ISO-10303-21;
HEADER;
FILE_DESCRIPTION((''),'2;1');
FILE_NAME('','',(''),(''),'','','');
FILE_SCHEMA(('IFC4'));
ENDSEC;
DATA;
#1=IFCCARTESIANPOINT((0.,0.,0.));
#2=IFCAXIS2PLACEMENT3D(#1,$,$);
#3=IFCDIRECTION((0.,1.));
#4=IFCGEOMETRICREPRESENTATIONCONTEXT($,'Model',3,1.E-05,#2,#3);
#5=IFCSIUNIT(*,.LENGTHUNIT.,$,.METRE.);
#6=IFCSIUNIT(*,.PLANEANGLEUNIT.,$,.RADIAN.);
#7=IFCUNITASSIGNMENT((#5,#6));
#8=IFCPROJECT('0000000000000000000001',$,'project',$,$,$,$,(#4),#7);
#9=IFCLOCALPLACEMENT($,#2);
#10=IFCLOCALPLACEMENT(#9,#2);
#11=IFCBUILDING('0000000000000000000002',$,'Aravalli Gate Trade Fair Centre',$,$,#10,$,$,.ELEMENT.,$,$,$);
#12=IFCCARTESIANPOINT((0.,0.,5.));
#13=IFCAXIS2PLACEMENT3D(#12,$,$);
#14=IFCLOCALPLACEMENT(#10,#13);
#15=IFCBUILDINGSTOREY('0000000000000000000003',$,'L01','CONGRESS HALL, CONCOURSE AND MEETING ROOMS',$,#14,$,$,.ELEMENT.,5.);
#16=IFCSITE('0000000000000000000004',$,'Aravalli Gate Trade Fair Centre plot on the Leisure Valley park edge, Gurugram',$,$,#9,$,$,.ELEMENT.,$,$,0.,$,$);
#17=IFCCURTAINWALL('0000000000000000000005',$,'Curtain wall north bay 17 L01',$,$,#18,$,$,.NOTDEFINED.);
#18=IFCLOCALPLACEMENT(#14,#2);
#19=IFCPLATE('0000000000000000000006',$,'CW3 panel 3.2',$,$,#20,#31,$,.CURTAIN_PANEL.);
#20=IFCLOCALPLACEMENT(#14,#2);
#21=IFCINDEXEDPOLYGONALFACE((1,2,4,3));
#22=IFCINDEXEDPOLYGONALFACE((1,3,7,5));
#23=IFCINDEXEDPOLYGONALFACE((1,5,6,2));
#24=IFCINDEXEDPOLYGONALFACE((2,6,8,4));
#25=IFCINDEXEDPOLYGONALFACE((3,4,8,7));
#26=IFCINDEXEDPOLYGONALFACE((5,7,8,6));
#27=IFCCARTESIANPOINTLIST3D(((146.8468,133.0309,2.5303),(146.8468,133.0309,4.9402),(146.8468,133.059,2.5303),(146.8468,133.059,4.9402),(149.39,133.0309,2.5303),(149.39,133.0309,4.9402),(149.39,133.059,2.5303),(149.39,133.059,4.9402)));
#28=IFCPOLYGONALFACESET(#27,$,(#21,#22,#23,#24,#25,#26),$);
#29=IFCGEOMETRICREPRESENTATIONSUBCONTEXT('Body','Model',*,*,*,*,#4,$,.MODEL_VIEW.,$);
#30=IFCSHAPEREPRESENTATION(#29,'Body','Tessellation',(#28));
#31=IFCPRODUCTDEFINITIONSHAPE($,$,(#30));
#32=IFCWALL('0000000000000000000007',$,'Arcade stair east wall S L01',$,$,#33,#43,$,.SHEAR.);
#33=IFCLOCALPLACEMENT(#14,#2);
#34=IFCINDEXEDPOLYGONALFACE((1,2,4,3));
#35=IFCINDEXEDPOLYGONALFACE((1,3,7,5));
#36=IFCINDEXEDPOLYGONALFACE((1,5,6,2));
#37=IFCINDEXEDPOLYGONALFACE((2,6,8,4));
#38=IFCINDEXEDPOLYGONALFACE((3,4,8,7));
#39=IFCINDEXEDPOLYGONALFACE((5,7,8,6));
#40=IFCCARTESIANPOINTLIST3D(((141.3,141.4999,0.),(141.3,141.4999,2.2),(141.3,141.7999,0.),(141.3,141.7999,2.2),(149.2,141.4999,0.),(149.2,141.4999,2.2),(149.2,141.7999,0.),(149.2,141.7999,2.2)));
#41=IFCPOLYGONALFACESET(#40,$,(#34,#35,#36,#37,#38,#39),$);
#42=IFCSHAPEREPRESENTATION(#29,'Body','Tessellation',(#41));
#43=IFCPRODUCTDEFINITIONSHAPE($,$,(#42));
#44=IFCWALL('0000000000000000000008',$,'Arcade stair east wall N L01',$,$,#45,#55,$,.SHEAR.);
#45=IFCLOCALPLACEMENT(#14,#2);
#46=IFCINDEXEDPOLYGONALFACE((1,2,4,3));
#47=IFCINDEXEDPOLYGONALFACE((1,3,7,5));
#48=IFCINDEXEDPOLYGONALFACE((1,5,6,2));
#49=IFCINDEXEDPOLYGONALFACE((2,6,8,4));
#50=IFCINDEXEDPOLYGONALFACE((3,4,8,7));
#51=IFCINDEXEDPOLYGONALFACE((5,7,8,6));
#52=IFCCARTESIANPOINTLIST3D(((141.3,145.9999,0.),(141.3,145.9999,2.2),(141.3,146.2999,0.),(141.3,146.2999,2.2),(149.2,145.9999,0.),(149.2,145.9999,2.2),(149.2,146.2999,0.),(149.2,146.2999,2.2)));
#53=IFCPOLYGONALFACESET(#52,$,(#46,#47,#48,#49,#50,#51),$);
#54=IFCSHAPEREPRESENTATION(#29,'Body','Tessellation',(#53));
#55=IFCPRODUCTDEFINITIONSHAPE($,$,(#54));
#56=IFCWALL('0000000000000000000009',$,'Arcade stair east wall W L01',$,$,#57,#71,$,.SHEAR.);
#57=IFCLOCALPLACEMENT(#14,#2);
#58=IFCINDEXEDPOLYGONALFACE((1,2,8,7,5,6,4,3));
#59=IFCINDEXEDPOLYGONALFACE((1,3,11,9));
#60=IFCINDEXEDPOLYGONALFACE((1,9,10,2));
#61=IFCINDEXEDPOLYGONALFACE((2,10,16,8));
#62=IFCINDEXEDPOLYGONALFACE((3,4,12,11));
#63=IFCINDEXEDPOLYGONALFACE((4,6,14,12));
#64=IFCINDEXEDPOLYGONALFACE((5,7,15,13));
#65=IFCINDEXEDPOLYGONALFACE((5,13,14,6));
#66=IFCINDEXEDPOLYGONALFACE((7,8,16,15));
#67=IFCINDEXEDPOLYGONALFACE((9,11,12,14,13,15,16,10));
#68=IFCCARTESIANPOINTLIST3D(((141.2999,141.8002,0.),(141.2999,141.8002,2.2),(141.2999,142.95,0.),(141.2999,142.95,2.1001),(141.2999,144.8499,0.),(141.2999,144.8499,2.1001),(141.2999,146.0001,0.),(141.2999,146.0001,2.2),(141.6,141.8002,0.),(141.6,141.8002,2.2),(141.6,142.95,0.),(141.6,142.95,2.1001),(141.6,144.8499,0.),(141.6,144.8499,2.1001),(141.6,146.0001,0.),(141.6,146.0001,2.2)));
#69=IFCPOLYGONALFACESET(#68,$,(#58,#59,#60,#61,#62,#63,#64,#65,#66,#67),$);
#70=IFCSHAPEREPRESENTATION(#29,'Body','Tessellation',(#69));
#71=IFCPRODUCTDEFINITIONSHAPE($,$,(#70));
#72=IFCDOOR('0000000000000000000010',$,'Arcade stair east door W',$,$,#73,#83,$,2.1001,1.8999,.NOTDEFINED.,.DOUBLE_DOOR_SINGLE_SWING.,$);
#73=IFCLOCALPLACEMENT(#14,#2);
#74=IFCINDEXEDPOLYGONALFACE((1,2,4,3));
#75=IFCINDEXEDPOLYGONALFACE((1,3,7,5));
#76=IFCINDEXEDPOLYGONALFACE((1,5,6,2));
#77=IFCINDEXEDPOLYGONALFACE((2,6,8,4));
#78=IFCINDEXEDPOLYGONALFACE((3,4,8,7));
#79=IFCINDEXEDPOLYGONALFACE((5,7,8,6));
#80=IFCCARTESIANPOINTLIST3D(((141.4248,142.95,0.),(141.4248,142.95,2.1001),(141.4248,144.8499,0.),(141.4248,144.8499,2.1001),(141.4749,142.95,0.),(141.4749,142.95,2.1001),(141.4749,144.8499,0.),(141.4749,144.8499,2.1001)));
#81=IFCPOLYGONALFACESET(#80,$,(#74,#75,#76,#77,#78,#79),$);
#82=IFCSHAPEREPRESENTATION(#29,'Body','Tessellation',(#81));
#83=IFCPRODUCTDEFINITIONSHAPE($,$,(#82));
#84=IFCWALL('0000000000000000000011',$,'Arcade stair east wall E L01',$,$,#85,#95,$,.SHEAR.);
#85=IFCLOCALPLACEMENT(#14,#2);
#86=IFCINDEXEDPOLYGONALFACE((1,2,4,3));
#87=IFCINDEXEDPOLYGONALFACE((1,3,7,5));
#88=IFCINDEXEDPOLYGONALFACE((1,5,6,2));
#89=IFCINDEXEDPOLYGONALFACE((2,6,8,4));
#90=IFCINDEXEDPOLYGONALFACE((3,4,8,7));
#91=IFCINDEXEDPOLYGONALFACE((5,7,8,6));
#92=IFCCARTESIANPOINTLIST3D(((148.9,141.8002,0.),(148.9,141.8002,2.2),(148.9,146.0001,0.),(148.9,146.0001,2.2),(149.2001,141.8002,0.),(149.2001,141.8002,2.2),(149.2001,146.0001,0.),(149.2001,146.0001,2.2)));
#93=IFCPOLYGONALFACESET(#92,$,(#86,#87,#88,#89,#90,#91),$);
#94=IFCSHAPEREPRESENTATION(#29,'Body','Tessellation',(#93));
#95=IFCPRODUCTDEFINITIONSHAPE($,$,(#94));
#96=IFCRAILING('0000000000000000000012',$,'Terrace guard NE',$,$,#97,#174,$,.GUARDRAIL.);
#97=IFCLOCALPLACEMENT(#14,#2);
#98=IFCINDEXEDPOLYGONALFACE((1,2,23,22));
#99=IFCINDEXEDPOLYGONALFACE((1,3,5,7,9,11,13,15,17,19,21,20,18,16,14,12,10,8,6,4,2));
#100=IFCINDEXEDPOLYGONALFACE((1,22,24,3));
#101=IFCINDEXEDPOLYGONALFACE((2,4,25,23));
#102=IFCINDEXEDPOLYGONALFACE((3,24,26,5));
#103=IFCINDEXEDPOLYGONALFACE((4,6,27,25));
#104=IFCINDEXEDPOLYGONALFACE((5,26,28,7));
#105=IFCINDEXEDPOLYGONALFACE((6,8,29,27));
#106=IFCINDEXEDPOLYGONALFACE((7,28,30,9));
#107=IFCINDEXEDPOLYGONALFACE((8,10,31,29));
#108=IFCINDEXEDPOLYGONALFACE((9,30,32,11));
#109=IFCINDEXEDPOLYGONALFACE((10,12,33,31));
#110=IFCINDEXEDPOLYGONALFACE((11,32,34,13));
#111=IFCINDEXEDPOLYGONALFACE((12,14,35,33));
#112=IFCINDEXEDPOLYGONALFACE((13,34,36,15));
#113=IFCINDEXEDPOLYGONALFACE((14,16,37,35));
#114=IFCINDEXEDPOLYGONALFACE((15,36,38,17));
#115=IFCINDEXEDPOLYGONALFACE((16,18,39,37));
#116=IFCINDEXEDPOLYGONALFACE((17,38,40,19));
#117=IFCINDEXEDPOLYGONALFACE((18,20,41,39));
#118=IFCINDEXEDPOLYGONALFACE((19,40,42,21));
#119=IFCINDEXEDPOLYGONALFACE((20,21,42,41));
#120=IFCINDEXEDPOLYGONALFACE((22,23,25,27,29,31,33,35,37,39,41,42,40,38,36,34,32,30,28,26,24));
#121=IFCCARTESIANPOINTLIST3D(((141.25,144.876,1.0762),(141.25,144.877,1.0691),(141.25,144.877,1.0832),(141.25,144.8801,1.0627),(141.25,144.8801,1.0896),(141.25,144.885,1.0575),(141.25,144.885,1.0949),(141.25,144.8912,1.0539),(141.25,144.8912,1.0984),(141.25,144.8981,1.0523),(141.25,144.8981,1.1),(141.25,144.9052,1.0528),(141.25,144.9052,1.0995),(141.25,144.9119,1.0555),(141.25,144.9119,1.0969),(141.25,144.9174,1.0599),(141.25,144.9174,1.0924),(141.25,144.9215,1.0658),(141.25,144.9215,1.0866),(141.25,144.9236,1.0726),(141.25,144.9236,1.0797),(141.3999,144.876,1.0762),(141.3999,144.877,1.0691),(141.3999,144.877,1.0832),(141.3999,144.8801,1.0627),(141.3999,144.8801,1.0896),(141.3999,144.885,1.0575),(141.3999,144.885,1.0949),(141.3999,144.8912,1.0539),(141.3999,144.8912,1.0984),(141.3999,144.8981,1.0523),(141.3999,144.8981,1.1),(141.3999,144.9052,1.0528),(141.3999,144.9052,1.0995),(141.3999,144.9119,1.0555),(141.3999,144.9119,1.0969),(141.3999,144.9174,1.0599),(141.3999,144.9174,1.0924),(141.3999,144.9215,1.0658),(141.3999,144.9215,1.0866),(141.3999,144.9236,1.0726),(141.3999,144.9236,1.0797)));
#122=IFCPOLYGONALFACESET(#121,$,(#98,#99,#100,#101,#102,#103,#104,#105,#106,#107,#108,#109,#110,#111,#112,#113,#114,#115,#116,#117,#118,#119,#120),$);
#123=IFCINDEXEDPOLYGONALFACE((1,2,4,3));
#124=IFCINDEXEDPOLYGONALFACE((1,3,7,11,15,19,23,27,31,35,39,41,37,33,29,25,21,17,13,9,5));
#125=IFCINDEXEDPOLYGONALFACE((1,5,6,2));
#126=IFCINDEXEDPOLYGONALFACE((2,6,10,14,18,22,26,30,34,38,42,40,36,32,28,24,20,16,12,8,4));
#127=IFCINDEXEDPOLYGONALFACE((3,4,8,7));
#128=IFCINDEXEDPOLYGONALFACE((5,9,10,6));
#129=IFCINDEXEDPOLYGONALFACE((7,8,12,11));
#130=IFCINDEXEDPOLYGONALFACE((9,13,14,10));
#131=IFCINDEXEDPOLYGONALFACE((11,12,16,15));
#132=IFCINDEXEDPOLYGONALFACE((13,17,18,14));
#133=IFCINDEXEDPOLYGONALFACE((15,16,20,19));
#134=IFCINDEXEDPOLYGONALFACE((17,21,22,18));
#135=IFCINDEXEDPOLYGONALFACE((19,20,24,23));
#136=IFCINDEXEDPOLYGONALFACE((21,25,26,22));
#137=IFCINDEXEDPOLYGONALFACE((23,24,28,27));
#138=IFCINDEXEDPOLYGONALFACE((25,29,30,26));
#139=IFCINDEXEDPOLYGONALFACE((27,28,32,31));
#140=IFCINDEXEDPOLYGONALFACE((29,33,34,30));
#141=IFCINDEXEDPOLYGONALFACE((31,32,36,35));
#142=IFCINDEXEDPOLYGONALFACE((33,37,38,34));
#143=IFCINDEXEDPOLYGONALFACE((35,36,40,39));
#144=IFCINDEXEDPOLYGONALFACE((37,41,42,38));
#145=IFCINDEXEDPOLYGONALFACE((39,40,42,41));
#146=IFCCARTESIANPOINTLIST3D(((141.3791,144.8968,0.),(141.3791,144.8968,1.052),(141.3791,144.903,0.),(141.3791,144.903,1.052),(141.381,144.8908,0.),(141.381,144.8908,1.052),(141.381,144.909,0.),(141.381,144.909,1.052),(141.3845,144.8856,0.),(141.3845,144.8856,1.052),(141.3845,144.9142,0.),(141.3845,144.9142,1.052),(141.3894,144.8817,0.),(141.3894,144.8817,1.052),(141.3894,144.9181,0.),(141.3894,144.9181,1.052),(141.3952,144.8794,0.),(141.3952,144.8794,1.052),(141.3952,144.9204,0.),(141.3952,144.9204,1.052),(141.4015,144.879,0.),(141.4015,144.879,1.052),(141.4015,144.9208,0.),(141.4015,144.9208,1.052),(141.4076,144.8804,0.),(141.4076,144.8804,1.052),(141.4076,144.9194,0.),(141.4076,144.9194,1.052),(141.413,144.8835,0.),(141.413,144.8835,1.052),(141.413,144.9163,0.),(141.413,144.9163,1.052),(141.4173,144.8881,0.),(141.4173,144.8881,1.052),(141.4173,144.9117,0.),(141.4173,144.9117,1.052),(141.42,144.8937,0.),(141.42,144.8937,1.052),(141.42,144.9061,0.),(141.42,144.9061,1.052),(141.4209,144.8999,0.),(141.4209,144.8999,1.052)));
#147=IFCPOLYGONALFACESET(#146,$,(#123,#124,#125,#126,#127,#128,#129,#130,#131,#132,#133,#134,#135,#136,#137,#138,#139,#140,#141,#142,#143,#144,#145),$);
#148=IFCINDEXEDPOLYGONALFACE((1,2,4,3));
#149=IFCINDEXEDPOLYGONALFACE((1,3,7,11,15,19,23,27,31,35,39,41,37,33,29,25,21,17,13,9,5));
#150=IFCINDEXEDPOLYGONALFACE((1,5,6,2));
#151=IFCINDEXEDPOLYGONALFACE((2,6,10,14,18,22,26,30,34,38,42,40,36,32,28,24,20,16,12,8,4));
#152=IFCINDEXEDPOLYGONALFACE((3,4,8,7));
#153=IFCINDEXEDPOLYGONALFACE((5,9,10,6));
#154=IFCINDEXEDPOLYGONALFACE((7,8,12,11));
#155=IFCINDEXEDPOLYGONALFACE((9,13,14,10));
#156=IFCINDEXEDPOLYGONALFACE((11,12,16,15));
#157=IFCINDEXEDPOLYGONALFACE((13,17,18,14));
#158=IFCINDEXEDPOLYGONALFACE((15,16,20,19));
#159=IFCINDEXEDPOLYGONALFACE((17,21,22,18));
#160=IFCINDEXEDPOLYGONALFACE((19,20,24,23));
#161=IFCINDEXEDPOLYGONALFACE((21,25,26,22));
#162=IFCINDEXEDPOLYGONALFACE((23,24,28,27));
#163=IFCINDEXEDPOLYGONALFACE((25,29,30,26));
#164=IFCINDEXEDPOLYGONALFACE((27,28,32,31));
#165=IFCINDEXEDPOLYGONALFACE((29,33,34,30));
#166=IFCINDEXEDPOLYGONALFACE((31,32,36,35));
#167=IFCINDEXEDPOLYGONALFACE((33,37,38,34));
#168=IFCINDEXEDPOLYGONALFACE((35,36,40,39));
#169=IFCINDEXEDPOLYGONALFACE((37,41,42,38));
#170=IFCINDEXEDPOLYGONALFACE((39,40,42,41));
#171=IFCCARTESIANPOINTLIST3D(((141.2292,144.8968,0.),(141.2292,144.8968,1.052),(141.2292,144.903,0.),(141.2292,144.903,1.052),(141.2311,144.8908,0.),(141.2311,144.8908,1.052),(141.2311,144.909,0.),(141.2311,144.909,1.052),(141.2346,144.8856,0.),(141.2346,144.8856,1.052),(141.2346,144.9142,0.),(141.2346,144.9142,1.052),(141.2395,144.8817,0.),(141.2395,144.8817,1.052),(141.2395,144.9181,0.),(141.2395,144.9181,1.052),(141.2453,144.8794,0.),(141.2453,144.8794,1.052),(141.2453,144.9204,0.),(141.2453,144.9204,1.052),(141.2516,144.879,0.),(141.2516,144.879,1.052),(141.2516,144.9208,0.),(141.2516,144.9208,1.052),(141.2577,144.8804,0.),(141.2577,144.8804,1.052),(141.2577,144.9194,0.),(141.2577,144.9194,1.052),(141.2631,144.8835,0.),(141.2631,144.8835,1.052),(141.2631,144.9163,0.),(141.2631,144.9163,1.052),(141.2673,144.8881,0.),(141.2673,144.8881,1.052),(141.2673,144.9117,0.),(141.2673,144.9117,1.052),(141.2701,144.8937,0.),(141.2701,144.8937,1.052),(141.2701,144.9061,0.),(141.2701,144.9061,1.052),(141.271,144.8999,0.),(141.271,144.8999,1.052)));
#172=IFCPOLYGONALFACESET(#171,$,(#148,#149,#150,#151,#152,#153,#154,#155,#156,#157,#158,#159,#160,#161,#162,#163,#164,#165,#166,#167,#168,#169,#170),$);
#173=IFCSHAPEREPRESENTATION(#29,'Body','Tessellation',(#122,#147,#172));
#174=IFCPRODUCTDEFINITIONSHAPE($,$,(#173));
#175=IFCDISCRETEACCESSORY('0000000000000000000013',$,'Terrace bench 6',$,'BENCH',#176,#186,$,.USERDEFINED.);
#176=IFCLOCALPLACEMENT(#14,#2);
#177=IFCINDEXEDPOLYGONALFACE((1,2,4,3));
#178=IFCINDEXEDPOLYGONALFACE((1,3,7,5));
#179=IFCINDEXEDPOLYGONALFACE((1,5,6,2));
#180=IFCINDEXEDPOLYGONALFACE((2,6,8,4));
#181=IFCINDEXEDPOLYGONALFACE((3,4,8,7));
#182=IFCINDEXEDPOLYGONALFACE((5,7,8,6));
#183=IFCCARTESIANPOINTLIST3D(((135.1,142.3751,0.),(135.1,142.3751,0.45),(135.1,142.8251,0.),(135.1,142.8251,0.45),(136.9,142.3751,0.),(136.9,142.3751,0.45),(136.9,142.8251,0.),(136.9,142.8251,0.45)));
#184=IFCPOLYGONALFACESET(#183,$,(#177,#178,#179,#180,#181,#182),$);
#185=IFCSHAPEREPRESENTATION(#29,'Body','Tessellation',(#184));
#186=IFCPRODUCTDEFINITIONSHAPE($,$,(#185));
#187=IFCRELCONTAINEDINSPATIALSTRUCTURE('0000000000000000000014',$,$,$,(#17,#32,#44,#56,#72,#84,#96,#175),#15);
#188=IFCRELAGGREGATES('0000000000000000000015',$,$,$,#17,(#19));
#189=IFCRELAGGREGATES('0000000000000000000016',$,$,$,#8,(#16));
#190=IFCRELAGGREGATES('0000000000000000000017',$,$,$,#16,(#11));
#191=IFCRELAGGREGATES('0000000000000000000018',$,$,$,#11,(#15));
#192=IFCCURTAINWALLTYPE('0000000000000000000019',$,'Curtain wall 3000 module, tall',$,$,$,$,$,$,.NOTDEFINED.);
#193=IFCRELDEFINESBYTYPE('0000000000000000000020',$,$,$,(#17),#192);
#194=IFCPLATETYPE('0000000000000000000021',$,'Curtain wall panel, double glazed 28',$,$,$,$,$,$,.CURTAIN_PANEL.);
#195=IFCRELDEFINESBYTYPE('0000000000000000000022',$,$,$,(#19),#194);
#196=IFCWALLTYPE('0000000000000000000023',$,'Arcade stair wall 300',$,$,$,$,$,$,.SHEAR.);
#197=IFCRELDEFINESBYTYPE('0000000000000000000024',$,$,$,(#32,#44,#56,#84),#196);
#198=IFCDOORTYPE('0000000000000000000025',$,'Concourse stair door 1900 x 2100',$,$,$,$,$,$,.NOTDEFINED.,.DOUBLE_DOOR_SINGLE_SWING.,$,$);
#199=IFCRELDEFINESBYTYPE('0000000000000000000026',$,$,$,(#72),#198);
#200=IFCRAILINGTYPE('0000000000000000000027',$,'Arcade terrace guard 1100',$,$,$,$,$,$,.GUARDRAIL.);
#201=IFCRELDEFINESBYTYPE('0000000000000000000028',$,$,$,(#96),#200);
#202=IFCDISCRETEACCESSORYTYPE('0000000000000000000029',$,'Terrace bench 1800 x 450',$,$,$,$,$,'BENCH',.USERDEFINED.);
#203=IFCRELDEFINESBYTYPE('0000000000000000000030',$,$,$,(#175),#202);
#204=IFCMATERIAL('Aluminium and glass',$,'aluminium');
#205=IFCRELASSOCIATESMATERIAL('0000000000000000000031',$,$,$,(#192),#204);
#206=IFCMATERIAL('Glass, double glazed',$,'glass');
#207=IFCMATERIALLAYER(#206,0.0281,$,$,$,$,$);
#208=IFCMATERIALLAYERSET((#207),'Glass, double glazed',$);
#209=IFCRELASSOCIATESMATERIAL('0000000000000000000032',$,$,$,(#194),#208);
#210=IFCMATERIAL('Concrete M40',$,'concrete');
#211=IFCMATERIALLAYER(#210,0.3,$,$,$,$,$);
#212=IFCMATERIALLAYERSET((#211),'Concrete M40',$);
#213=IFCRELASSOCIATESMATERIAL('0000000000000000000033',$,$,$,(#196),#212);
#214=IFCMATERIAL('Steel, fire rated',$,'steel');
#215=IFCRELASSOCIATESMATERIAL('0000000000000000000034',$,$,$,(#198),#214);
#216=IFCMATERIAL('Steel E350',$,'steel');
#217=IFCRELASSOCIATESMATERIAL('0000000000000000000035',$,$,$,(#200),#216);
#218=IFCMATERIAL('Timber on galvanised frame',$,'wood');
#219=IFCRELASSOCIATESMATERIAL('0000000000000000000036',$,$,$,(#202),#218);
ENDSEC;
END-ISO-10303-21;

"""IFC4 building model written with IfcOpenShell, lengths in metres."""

from ifc_helpers import new_model, si_unit, direction, frame, frame_2d, origin, origin_2d, place, context, subcontext, project, spatial, rectangle, circle, extrude, material, layer, layer_set, type_object, element, fill, aggregate, save


model = new_model("IFC4")

# Units and contexts
model_context = context("Model", 3, precision=1e-05, world=origin(), true_north=direction((0.0, 1.0)))
body_context = subcontext(model_context, "Body", "Model", "MODEL_VIEW")
ifc_project = project(units=[si_unit("LENGTHUNIT", "METRE"), si_unit("PLANEANGLEUNIT", "RADIAN")], contexts=[model_context])

# Site, building, storey
site_placement = place(None, origin())
site = spatial("IfcSite", under=ifc_project, at=site_placement, Name="Aravalli Gate Trade Fair Centre plot on the Leisure Valley park edge, Gurugram", CompositionType="ELEMENT", RefElevation=0.0)
building_placement = place(site_placement, origin())
building = spatial("IfcBuilding", under=site, at=building_placement, Name="Aravalli Gate Trade Fair Centre", CompositionType="ELEMENT")
storey_placement = place(building_placement, frame((0.0, 0.0, 5.0)))
storey = spatial("IfcBuildingStorey", under=building, at=storey_placement, Name="L01", Description="CONGRESS HALL, CONCOURSE AND MEETING ROOMS", CompositionType="ELEMENT", Elevation=5.0)

# Shared definitions
ifc_material_1 = material(Name="Aluminium and glass", Category="aluminium")
curtain_wall_type = type_object("IfcCurtainWallType", Name="Curtain wall 3000 module, tall", PredefinedType="NOTDEFINED", material=ifc_material_1)

# Curtain wall
curtain_wall_1_placement = place(storey_placement, origin())
curtain_wall_1 = element("IfcCurtainWall", 1, at=curtain_wall_1_placement, inside=storey, type_object=curtain_wall_type, Name="Curtain wall north bay 17 L01", PredefinedType="NOTDEFINED")

# Plate
ifc_material_2 = material(Name="Glass, double glazed", Category="glass")
ifc_layer_1 = layer(ifc_material_2, 0.0281)
ifc_layer_set_1 = layer_set([ifc_layer_1], Name="Glass, double glazed")
plate_type = type_object("IfcPlateType", Name="Curtain wall panel, double glazed 28", PredefinedType="CURTAIN_PANEL", material=ifc_layer_set_1)
plate_1_placement = place(storey_placement, frame((148.1184, 133.0449, 2.5303), z_axis=(0.0, 0.0, 1.0), x_axis=(1.0, 0.0, 0.0)))
plate_1 = element("IfcPlate", 2, at=plate_1_placement, type_object=plate_type, Name="CW3 panel 3.2", PredefinedType="CURTAIN_PANEL", context=body_context, shape_type="SweptSolid", body=[
    extrude(rectangle(XDim=2.5432, YDim=0.0281, at=origin_2d()), origin(), (0.0, 0.0, 1.0), 2.4099),
])
aggregate(curtain_wall_1, [plate_1])

# Walls
ifc_material_3 = material(Name="Concrete M40", Category="concrete")
ifc_layer_2 = layer(ifc_material_3, 0.3)
ifc_layer_set_2 = layer_set([ifc_layer_2], Name="Concrete M40")
wall_type = type_object("IfcWallType", Name="Arcade stair wall 300", PredefinedType="SHEAR", material=ifc_layer_set_2)
for number, where, z_axis, x_axis, name in (
    (3, (141.3, 141.6499, 0.0), (0.0, 0.0, 1.0), (1.0, 0.0, 0.0), "Arcade stair east wall S L01"),
    (4, (141.3, 146.1499, 0.0), (0.0, 0.0, 1.0), (1.0, 0.0, 0.0), "Arcade stair east wall N L01"),
):
    element("IfcWall", number, at=place(storey_placement, frame(where, z_axis=z_axis, x_axis=x_axis)), inside=storey, type_object=wall_type, Name=name, PredefinedType="SHEAR", context=body_context, shape_type="SweptSolid", body=[
        extrude(rectangle(XDim=7.8999, YDim=0.3, at=frame_2d((3.95, 0.0))), origin(), (0.0, 0.0, 1.0), 2.2),
    ])

# Wall, opening, door
wall_1_placement = place(storey_placement, frame((141.45, 141.8, 0.0), z_axis=(0.0, 0.0, 1.0), x_axis=(0.0, 1.0, 0.0)))
wall_1 = element("IfcWall", 5, at=wall_1_placement, inside=storey, type_object=wall_type, Name="Arcade stair east wall W L01", PredefinedType="SHEAR", context=body_context, shape_type="SweptSolid", body=[
    extrude(rectangle(XDim=4.2, YDim=0.3, at=frame_2d((2.1001, 0.0))), origin(), (0.0, 0.0, 1.0), 2.2),
])
opening_placement = place(wall_1_placement, frame((1.1499, 0.0, 0.0)))
opening = element("IfcOpeningElement", 6, at=opening_placement, cuts=wall_1, PredefinedType="OPENING", context=body_context, shape_type="SweptSolid", body=[
    extrude(rectangle(XDim=1.8999, YDim=2.1001, at=frame_2d((0.95, 1.05))), frame((0.0, 0.1599, 0.0), z_axis=(0.0, -1.0, 0.0), x_axis=(1.0, 0.0, 0.0)), (0.0, 0.0, 1.0), 0.3201),
])
ifc_material_4 = material(Name="Steel, fire rated", Category="steel")
door_type = type_object("IfcDoorType", Name="Concourse stair door 1900 x 2100", OperationType="DOUBLE_DOOR_SINGLE_SWING", PredefinedType="NOTDEFINED", material=ifc_material_4)
door_placement = place(opening_placement, frame((1.8999, 0.0, 0.0), z_axis=(0.0, 0.0, 1.0), x_axis=(-1.0, 0.0, 0.0)))
door = element("IfcDoor", 7, at=door_placement, inside=storey, type_object=door_type, Name="Arcade stair east door W", OperationType="DOUBLE_DOOR_SINGLE_SWING", OverallHeight=2.1001, OverallWidth=1.8999, PredefinedType="NOTDEFINED", context=body_context, shape_type="SweptSolid", body=[
    extrude(rectangle(XDim=1.8999, YDim=2.1001, at=frame_2d((0.95, 1.05))), frame((0.0, 0.0249, 0.0), z_axis=(0.0, -1.0, 0.0), x_axis=(1.0, 0.0, 0.0)), (0.0, 0.0, 1.0), 0.05),
])
fill(opening, door)

# Wall
wall_2_placement = place(storey_placement, frame((149.05, 141.8, 0.0), z_axis=(0.0, 0.0, 1.0), x_axis=(0.0, 1.0, 0.0)))
element("IfcWall", 8, at=wall_2_placement, inside=storey, type_object=wall_type, Name="Arcade stair east wall E L01", PredefinedType="SHEAR", context=body_context, shape_type="SweptSolid", body=[
    extrude(rectangle(XDim=4.2, YDim=0.3, at=frame_2d((2.1001, 0.0))), origin(), (0.0, 0.0, 1.0), 2.2),
])

# Railing
ifc_material_5 = material(Name="Steel E350", Category="steel")
railing_type = type_object("IfcRailingType", Name="Arcade terrace guard 1100", PredefinedType="GUARDRAIL", material=ifc_material_5)
railing_1_placement = place(storey_placement, frame((141.3999, 144.8999, 0.0)))
element("IfcRailing", 9, at=railing_1_placement, inside=storey, type_object=railing_type, Name="Terrace guard NE", PredefinedType="GUARDRAIL", context=body_context, shape_type="SweptSolid", body=[
    extrude(circle(Radius=0.0239, at=origin_2d()), frame((0.0, 0.0, 1.0762), z_axis=(-1.0, 0.0, 0.0), x_axis=(0.0, -1.0, 0.0)), (0.0, 0.0, 1.0), 0.1499),
    extrude(circle(Radius=0.021, at=origin_2d()), origin(), (0.0, 0.0, 1.0), 1.052),
    extrude(circle(Radius=0.021, at=origin_2d()), frame((-0.1499, 0.0, 0.0)), (0.0, 0.0, 1.0), 1.052),
])

# Discrete accessory
ifc_material_6 = material(Name="Timber on galvanised frame", Category="wood")
discrete_accessory_type = type_object("IfcDiscreteAccessoryType", Name="Terrace bench 1800 x 450", ElementType="BENCH", PredefinedType="USERDEFINED", material=ifc_material_6)
discrete_accessory_placement = place(storey_placement, frame((136.0, 142.6001, 0.0), z_axis=(0.0, 0.0, 1.0), x_axis=(1.0, 0.0, 0.0)))
element("IfcDiscreteAccessory", 10, at=discrete_accessory_placement, inside=storey, type_object=discrete_accessory_type, Name="Terrace bench 6", ObjectType="BENCH", PredefinedType="USERDEFINED", context=body_context, shape_type="SweptSolid", body=[
    extrude(rectangle(XDim=1.8, YDim=0.45, at=origin_2d()), origin(), (0.0, 0.0, 1.0), 0.45),
])

save(model, "model.ifc")
